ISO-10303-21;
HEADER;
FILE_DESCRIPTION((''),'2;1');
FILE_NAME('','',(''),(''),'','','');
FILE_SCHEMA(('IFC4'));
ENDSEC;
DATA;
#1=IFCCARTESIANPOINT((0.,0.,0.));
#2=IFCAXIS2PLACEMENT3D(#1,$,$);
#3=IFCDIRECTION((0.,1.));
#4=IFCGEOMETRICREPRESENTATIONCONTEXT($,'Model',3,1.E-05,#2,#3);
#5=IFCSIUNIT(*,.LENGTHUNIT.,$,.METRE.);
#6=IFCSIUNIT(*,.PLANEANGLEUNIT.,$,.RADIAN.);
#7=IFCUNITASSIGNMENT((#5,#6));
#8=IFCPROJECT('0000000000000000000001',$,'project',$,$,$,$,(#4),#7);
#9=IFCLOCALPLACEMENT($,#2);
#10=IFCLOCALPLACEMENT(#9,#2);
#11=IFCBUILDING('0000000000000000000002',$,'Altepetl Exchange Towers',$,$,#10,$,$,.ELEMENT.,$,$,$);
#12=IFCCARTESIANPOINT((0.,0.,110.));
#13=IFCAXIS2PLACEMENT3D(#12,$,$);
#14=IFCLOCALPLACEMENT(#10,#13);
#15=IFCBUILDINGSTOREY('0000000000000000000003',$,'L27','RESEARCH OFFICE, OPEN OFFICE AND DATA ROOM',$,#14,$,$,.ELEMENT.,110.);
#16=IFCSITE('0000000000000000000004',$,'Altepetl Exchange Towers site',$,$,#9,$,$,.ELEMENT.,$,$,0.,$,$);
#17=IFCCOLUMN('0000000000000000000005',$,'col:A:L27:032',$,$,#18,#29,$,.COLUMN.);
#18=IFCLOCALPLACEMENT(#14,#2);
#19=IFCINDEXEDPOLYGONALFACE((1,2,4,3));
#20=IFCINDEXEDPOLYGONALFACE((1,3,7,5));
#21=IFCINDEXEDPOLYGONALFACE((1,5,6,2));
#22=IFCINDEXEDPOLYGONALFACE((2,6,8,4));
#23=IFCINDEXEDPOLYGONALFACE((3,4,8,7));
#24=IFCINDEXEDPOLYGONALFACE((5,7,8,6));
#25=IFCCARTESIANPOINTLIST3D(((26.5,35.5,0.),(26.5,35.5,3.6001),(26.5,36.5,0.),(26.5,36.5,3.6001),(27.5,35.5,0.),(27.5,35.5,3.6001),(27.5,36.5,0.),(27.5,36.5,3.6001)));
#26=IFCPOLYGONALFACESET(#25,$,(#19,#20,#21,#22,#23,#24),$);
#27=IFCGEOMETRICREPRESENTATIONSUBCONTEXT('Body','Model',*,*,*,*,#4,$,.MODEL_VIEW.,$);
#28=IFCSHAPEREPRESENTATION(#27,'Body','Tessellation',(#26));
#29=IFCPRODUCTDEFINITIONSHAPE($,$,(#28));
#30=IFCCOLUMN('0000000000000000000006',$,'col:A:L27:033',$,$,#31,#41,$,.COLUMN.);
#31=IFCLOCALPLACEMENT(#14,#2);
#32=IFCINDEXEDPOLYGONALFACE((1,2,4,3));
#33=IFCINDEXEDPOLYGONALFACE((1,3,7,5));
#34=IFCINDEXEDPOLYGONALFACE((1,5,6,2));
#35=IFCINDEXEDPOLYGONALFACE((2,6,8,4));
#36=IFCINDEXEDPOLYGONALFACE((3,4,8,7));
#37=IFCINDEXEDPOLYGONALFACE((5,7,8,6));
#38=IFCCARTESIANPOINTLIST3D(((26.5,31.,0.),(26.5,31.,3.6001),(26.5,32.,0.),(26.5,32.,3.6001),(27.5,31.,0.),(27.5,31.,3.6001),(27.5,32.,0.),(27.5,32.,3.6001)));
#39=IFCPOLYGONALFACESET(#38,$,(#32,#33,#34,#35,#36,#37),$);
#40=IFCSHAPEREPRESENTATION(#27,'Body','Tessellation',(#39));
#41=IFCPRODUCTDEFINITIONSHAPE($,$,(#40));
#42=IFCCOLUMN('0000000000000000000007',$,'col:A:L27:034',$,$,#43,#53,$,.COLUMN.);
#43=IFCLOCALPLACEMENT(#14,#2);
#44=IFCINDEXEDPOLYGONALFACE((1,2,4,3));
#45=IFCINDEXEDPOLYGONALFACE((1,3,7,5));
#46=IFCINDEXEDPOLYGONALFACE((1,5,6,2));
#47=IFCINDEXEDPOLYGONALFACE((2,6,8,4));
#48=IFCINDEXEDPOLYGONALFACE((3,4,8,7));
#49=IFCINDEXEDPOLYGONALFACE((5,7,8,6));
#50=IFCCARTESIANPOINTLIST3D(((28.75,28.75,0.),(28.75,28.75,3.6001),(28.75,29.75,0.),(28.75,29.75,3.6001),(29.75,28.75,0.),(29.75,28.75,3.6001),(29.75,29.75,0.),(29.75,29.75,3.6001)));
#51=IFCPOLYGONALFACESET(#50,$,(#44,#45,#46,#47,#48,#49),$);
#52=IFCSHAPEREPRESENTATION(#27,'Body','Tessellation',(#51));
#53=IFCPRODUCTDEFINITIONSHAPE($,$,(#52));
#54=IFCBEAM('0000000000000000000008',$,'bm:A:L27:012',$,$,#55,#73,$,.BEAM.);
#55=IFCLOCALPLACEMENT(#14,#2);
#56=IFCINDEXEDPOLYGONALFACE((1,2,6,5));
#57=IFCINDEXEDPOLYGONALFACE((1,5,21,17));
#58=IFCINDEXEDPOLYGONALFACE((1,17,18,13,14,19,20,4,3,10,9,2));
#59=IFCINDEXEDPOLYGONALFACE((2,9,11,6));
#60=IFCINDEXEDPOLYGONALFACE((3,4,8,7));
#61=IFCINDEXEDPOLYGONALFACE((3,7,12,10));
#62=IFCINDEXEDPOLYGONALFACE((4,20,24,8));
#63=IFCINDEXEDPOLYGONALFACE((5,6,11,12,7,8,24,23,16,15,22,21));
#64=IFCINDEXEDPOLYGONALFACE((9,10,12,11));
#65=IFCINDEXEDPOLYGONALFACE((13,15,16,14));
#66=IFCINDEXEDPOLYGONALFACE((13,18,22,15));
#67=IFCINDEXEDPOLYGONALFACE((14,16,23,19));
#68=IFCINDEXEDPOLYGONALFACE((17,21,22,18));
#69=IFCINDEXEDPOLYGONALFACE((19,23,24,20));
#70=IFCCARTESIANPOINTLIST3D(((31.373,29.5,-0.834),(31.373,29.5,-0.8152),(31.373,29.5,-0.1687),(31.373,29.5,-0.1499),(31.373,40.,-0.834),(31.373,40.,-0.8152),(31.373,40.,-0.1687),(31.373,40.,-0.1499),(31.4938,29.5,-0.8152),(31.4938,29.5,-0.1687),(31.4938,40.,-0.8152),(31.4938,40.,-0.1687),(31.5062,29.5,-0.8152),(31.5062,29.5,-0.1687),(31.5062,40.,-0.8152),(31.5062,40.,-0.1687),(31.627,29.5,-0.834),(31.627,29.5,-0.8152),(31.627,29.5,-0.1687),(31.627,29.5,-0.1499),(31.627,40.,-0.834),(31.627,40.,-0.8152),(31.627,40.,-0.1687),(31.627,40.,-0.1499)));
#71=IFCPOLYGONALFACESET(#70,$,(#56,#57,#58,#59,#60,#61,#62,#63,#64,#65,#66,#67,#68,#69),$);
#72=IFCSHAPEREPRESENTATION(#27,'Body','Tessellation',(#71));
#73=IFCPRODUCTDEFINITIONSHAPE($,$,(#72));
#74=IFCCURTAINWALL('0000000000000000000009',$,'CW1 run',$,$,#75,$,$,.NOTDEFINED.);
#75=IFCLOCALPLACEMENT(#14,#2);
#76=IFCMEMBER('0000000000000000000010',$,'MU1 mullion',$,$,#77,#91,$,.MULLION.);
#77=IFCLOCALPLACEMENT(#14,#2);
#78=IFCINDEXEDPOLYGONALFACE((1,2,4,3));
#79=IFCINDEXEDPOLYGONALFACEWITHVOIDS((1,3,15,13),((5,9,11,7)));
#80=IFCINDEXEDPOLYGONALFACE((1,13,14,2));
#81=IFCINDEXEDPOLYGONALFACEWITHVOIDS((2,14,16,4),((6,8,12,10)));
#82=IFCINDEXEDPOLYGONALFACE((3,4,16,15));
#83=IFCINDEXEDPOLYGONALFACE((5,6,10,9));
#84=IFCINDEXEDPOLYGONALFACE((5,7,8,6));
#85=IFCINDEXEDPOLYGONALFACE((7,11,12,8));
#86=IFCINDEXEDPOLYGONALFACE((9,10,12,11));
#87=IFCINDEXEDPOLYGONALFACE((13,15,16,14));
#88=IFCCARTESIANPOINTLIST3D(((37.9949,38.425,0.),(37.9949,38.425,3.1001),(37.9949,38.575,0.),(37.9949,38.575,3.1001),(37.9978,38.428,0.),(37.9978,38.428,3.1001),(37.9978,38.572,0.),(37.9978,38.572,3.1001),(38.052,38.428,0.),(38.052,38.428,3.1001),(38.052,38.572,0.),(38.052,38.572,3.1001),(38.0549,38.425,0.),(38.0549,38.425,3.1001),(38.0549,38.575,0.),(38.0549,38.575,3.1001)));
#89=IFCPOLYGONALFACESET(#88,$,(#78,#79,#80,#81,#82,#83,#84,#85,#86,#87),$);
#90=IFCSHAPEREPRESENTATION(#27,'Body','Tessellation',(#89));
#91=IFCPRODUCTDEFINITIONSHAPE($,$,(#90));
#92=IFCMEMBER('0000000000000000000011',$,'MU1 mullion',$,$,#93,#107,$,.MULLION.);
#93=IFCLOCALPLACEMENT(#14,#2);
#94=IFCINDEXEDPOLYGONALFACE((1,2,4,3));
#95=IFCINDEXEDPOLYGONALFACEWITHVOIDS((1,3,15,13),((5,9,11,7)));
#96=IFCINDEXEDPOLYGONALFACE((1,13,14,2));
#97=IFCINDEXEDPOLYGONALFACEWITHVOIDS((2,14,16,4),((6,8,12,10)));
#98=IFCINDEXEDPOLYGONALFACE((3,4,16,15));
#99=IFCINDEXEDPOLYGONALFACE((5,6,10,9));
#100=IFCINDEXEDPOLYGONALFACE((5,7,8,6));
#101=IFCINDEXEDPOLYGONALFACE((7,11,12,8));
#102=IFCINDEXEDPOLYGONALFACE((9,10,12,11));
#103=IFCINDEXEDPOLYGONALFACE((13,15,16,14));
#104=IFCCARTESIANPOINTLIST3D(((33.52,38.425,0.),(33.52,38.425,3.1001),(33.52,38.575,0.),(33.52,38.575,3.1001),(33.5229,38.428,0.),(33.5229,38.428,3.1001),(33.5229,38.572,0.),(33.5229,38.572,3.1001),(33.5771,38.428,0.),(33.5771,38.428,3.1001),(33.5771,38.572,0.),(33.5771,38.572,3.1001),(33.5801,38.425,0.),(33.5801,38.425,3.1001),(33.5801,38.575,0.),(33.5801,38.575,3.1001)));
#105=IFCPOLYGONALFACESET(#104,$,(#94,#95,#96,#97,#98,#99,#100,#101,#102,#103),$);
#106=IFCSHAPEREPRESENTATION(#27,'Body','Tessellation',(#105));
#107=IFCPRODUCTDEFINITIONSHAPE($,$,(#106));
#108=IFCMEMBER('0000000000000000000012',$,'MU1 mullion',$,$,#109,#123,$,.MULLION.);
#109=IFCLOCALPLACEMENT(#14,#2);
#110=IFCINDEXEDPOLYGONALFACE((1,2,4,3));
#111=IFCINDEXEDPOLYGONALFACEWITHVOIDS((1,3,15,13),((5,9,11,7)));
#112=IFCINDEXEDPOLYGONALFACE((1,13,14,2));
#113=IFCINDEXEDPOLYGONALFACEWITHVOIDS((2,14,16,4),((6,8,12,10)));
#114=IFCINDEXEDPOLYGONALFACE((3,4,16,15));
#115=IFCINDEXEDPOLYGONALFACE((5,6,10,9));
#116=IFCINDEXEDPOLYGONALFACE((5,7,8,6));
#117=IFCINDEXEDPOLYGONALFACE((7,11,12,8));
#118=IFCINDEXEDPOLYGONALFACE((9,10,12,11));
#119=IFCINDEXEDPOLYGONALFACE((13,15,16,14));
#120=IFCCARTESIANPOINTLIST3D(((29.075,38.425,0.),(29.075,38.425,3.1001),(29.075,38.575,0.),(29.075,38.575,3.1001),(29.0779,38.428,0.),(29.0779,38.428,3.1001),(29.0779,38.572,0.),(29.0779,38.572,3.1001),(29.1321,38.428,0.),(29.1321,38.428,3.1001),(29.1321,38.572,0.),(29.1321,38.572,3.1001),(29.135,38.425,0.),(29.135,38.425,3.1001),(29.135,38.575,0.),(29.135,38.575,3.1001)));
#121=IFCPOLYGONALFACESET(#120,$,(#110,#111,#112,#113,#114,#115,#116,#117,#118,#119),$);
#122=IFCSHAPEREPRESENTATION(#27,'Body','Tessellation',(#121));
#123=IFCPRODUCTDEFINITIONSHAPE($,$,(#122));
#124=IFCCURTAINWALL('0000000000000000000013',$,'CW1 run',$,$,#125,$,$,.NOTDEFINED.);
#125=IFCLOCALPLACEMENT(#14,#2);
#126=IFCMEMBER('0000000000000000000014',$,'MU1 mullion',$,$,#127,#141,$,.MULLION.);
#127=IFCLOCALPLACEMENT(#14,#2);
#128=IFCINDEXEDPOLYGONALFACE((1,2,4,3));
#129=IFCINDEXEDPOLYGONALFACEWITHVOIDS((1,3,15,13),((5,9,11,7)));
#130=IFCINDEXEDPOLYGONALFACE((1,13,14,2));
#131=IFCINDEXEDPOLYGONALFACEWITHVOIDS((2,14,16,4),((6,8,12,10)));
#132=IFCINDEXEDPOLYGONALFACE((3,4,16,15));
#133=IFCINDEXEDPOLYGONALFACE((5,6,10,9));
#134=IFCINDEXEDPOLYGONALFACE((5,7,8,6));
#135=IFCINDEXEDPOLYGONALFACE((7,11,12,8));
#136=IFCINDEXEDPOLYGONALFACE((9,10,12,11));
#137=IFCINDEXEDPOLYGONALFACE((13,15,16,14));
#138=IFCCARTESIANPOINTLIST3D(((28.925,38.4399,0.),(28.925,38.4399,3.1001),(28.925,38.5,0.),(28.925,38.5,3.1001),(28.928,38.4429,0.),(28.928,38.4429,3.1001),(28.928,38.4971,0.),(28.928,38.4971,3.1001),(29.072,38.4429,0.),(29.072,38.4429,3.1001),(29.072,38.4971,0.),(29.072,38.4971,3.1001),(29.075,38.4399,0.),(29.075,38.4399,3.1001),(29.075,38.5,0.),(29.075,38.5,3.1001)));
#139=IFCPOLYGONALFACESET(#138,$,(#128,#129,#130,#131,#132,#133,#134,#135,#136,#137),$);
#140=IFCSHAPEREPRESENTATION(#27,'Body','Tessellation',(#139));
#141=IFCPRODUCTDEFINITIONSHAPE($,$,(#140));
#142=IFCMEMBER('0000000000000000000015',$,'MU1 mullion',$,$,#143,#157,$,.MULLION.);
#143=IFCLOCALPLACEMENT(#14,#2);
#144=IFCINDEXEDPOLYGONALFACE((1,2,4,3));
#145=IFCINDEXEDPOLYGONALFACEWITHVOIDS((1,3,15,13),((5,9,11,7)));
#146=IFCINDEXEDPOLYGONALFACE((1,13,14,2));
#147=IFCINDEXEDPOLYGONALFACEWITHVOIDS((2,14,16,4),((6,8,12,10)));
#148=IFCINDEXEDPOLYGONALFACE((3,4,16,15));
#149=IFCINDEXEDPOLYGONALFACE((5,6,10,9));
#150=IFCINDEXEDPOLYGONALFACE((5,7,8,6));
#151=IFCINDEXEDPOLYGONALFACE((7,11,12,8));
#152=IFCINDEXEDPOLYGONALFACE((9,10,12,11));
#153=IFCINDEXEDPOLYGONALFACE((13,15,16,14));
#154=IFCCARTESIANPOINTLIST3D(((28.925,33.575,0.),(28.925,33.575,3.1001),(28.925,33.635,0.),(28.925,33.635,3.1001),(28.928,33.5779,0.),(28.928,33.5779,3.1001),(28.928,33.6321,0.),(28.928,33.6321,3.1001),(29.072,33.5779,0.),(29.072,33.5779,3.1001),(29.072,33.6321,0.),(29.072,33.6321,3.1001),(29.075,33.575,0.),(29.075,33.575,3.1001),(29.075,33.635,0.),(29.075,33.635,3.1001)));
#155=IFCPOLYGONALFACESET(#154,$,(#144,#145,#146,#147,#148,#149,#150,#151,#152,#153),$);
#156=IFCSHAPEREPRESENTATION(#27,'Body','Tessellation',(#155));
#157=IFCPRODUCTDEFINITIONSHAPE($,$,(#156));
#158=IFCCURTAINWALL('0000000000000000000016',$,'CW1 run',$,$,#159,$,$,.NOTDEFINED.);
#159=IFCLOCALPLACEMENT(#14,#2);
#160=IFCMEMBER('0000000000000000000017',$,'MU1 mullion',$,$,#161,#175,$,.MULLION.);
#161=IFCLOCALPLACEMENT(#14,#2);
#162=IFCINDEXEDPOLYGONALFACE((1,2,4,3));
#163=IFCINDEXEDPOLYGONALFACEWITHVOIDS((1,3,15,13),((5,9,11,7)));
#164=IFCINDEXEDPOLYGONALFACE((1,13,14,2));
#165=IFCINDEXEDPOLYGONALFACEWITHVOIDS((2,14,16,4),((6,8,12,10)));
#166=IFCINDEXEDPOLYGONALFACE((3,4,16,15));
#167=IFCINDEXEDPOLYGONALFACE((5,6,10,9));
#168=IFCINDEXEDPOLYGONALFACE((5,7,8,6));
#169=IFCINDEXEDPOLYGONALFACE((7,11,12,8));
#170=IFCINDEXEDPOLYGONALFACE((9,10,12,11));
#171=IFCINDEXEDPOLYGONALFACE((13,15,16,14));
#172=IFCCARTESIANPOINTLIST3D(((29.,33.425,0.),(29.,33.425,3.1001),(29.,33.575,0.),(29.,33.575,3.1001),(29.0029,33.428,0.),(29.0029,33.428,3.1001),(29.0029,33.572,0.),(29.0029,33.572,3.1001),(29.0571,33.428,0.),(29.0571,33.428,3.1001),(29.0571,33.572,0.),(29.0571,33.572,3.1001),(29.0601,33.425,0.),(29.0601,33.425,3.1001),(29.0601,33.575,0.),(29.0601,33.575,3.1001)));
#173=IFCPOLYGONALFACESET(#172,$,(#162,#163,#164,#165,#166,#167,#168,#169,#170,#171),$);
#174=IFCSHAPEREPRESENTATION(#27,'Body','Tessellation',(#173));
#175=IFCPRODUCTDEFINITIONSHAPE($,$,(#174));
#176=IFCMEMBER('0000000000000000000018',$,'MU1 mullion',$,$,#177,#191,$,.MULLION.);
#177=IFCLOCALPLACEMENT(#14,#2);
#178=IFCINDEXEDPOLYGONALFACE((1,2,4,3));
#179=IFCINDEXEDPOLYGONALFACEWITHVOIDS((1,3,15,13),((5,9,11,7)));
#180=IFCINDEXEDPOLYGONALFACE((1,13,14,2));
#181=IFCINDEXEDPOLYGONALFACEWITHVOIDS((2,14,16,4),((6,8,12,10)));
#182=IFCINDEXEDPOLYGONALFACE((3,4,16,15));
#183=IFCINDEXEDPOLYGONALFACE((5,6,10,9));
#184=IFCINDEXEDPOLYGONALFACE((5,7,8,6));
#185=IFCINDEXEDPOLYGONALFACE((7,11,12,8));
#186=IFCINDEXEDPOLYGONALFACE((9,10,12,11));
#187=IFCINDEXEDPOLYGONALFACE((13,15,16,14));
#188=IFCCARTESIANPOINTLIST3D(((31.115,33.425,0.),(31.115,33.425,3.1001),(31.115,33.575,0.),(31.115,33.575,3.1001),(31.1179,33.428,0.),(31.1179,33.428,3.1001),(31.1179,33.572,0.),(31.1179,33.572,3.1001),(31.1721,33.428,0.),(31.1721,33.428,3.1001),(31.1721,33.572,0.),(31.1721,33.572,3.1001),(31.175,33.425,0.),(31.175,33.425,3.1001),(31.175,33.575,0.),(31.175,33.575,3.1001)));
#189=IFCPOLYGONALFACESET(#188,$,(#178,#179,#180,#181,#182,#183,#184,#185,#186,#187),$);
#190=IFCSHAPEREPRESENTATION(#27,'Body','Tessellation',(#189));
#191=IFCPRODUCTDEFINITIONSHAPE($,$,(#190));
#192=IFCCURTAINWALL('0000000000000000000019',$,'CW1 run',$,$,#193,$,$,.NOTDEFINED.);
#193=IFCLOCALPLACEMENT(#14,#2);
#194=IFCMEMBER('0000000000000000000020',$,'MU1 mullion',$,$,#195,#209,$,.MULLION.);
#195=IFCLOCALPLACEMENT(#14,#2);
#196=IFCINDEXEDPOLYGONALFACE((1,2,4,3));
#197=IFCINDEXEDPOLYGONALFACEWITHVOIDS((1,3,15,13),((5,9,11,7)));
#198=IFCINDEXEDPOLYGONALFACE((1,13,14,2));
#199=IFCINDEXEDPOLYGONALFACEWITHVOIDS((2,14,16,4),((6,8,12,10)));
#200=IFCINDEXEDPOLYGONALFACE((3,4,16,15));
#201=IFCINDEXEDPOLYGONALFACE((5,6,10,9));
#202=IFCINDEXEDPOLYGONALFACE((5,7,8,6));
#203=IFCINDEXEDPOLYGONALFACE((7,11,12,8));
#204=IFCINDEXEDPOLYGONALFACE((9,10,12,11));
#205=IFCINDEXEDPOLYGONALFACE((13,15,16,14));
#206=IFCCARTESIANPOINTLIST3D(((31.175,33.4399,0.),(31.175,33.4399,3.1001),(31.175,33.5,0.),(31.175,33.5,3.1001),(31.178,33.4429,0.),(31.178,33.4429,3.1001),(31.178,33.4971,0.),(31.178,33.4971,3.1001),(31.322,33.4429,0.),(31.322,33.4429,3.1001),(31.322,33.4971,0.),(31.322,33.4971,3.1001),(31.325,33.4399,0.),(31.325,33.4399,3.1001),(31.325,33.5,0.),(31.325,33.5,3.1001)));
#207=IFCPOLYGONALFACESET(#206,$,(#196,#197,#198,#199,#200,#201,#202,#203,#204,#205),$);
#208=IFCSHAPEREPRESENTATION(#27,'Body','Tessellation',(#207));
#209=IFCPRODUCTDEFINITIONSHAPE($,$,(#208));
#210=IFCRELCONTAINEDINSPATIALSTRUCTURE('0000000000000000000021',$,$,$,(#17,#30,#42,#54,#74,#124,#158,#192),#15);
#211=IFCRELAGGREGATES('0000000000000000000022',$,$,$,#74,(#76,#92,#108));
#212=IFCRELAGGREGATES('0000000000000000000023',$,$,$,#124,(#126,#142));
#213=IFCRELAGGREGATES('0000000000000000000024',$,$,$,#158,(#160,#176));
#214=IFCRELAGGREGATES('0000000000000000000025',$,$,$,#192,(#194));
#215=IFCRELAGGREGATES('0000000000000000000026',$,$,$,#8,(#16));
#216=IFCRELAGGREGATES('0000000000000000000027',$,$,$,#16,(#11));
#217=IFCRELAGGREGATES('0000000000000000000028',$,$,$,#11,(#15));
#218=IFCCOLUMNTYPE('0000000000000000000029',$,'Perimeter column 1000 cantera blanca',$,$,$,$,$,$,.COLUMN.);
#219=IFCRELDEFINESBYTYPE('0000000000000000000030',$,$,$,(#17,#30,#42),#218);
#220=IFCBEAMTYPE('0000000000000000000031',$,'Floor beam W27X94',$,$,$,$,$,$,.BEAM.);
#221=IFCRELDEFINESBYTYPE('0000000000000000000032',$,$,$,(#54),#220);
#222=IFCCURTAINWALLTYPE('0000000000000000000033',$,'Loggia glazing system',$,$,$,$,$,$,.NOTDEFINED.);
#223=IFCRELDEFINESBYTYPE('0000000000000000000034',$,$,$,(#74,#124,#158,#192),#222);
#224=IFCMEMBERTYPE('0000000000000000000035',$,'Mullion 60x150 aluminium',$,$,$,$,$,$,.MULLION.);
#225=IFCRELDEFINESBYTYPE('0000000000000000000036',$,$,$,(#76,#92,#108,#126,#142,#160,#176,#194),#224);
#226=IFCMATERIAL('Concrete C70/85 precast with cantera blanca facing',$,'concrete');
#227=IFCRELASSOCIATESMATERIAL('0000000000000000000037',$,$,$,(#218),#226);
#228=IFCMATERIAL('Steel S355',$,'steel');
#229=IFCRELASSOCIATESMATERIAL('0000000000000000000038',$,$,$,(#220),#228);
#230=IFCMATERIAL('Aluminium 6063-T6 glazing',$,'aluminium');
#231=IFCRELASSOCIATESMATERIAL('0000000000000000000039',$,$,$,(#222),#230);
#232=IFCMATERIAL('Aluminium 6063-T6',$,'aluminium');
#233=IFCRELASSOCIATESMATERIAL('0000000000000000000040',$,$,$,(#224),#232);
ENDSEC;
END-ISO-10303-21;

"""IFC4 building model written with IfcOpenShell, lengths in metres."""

from ifc_helpers import new_model, si_unit, direction, frame, origin, origin_2d, place, context, subcontext, project, spatial, rectangle, hollow_rectangle, i_section, extrude, material, material_profile, profile_set, type_object, element, aggregate, save


model = new_model("IFC4")

# Units and contexts
model_context = context("Model", 3, precision=1e-05, world=origin(), true_north=direction((0.0, 1.0)))
body_context = subcontext(model_context, "Body", "Model", "MODEL_VIEW")
ifc_project = project(units=[si_unit("LENGTHUNIT", "METRE"), si_unit("PLANEANGLEUNIT", "RADIAN")], contexts=[model_context])

# Site, building, storey
site_placement = place(None, origin())
site = spatial("IfcSite", under=ifc_project, at=site_placement, Name="Altepetl Exchange Towers site", CompositionType="ELEMENT", RefElevation=0.0)
building_placement = place(site_placement, origin())
building = spatial("IfcBuilding", under=site, at=building_placement, Name="Altepetl Exchange Towers", CompositionType="ELEMENT")
storey_placement = place(building_placement, frame((0.0, 0.0, 110.0)))
storey = spatial("IfcBuildingStorey", under=building, at=storey_placement, Name="L27", Description="RESEARCH OFFICE, OPEN OFFICE AND DATA ROOM", CompositionType="ELEMENT", Elevation=110.0)

# Columns
ifc_material_1 = material(Name="Concrete C70/85 precast with cantera blanca facing", Category="concrete")
ifc_material_profile_1 = material_profile(ifc_material_1, rectangle(XDim=1.0, YDim=1.0, at=origin_2d()), Name="1000 x 1000")
ifc_profile_set_1 = profile_set([ifc_material_profile_1], Name="Concrete C70/85 precast with cantera blanca facing")
column_type = type_object("IfcColumnType", Name="Perimeter column 1000 cantera blanca", PredefinedType="COLUMN", material=ifc_profile_set_1)
for number, where, name in (
    (1, (27.0, 36.0, 0.0), "col:A:L27:032"),
    (2, (27.0, 31.5, 0.0), "col:A:L27:033"),
    (3, (29.25, 29.25, 0.0), "col:A:L27:034"),
):
    element("IfcColumn", number, at=place(storey_placement, frame(where)), inside=storey, type_object=column_type, Name=name, PredefinedType="COLUMN", context=body_context, shape_type="SweptSolid", body=[
        extrude(rectangle(XDim=1.0, YDim=1.0, at=origin_2d()), origin(), (0.0, 0.0, 1.0), 3.6001),
    ])

# Beam
ifc_material_2 = material(Name="Steel S355", Category="steel")
ifc_material_profile_2 = material_profile(ifc_material_2, i_section(OverallWidth=0.2539, OverallDepth=0.6841, WebThickness=0.0125, FlangeThickness=0.0188, at=origin_2d()), Name="W27X94")
ifc_profile_set_2 = profile_set([ifc_material_profile_2], Name="Steel S355")
beam_type_1 = type_object("IfcBeamType", Name="Floor beam W27X94", PredefinedType="BEAM", material=ifc_profile_set_2)
beam_1_placement = place(storey_placement, frame((31.5, 29.5, -0.4919), z_axis=(0.0, 1.0, 0.0), x_axis=(-1.0, 0.0, 0.0)))
element("IfcBeam", 4, at=beam_1_placement, inside=storey, type_object=beam_type_1, Name="bm:A:L27:012", PredefinedType="BEAM", context=body_context, shape_type="SweptSolid", body=[
    extrude(i_section(OverallWidth=0.2539, OverallDepth=0.6841, WebThickness=0.0125, FlangeThickness=0.0188, at=origin_2d()), origin(), (0.0, 0.0, 1.0), 10.5),
])

# Curtain walls, members
ifc_material_3 = material(Name="Aluminium 6063-T6 glazing", Category="aluminium")
curtain_wall_type = type_object("IfcCurtainWallType", Name="Loggia glazing system", PredefinedType="NOTDEFINED", material=ifc_material_3)
curtain_wall_1_placement = place(storey_placement, origin())
curtain_wall_1 = element("IfcCurtainWall", 5, at=curtain_wall_1_placement, inside=storey, type_object=curtain_wall_type, Name="CW1 run", PredefinedType="NOTDEFINED")
ifc_material_4 = material(Name="Aluminium 6063-T6", Category="aluminium")
ifc_material_profile_3 = material_profile(ifc_material_4, hollow_rectangle(XDim=0.0601, YDim=0.1499, WallThickness=0.0029, at=origin_2d()), Name="Mullion 60x150 aluminium")
ifc_profile_set_3 = profile_set([ifc_material_profile_3], Name="Aluminium 6063-T6")
member_type = type_object("IfcMemberType", Name="Mullion 60x150 aluminium", PredefinedType="MULLION", material=ifc_profile_set_3)
member_1_placement = place(storey_placement, frame((38.0249, 38.5, 0.0), z_axis=(0.0, 0.0, 1.0), x_axis=(-1.0, 0.0, 0.0)))
member_1 = element("IfcMember", 6, at=member_1_placement, type_object=member_type, Name="MU1 mullion", PredefinedType="MULLION", context=body_context, shape_type="SweptSolid", body=[
    extrude(hollow_rectangle(XDim=0.0601, YDim=0.1499, WallThickness=0.0029, at=origin_2d()), origin(), (0.0, 0.0, 1.0), 3.1001),
])
member_2_placement = place(storey_placement, frame((33.55, 38.5, 0.0), z_axis=(0.0, 0.0, 1.0), x_axis=(-1.0, 0.0, 0.0)))
member_2 = element("IfcMember", 7, at=member_2_placement, type_object=member_type, Name="MU1 mullion", PredefinedType="MULLION", context=body_context, shape_type="SweptSolid", body=[
    extrude(hollow_rectangle(XDim=0.0601, YDim=0.1499, WallThickness=0.0029, at=origin_2d()), origin(), (0.0, 0.0, 1.0), 3.1001),
])
member_3_placement = place(storey_placement, frame((29.105, 38.5, 0.0), z_axis=(0.0, 0.0, 1.0), x_axis=(-1.0, 0.0, 0.0)))
member_3 = element("IfcMember", 8, at=member_3_placement, type_object=member_type, Name="MU1 mullion", PredefinedType="MULLION", context=body_context, shape_type="SweptSolid", body=[
    extrude(hollow_rectangle(XDim=0.0601, YDim=0.1499, WallThickness=0.0029, at=origin_2d()), origin(), (0.0, 0.0, 1.0), 3.1001),
])
curtain_wall_2_placement = place(storey_placement, origin())
curtain_wall_2 = element("IfcCurtainWall", 9, at=curtain_wall_2_placement, inside=storey, type_object=curtain_wall_type, Name="CW1 run", PredefinedType="NOTDEFINED")
member_4_placement = place(storey_placement, frame((29.0, 38.47, 0.0), z_axis=(0.0, 0.0, 1.0), x_axis=(0.0, -1.0, 0.0)))
member_4 = element("IfcMember", 10, at=member_4_placement, type_object=member_type, Name="MU1 mullion", PredefinedType="MULLION", context=body_context, shape_type="SweptSolid", body=[
    extrude(hollow_rectangle(XDim=0.0601, YDim=0.1499, WallThickness=0.0029, at=origin_2d()), origin(), (0.0, 0.0, 1.0), 3.1001),
])
member_5_placement = place(storey_placement, frame((29.0, 33.605, 0.0), z_axis=(0.0, 0.0, 1.0), x_axis=(0.0, -1.0, 0.0)))
member_5 = element("IfcMember", 11, at=member_5_placement, type_object=member_type, Name="MU1 mullion", PredefinedType="MULLION", context=body_context, shape_type="SweptSolid", body=[
    extrude(hollow_rectangle(XDim=0.0601, YDim=0.1499, WallThickness=0.0029, at=origin_2d()), origin(), (0.0, 0.0, 1.0), 3.1001),
])
curtain_wall_3_placement = place(storey_placement, origin())
curtain_wall_3 = element("IfcCurtainWall", 12, at=curtain_wall_3_placement, inside=storey, type_object=curtain_wall_type, Name="CW1 run", PredefinedType="NOTDEFINED")
member_6_placement = place(storey_placement, frame((29.03, 33.5, 0.0)))
member_6 = element("IfcMember", 13, at=member_6_placement, type_object=member_type, Name="MU1 mullion", PredefinedType="MULLION", context=body_context, shape_type="SweptSolid", body=[
    extrude(hollow_rectangle(XDim=0.0601, YDim=0.1499, WallThickness=0.0029, at=origin_2d()), origin(), (0.0, 0.0, 1.0), 3.1001),
])
member_7_placement = place(storey_placement, frame((31.145, 33.5, 0.0)))
member_7 = element("IfcMember", 14, at=member_7_placement, type_object=member_type, Name="MU1 mullion", PredefinedType="MULLION", context=body_context, shape_type="SweptSolid", body=[
    extrude(hollow_rectangle(XDim=0.0601, YDim=0.1499, WallThickness=0.0029, at=origin_2d()), origin(), (0.0, 0.0, 1.0), 3.1001),
])
curtain_wall_4_placement = place(storey_placement, origin())
curtain_wall_4 = element("IfcCurtainWall", 15, at=curtain_wall_4_placement, inside=storey, type_object=curtain_wall_type, Name="CW1 run", PredefinedType="NOTDEFINED")
member_8_placement = place(storey_placement, frame((31.25, 33.47, 0.0), z_axis=(0.0, 0.0, 1.0), x_axis=(0.0, -1.0, 0.0)))
member_8 = element("IfcMember", 16, at=member_8_placement, type_object=member_type, Name="MU1 mullion", PredefinedType="MULLION", context=body_context, shape_type="SweptSolid", body=[
    extrude(hollow_rectangle(XDim=0.0601, YDim=0.1499, WallThickness=0.0029, at=origin_2d()), origin(), (0.0, 0.0, 1.0), 3.1001),
])

aggregate(curtain_wall_1, [member_1, member_2, member_3])
aggregate(curtain_wall_2, [member_4, member_5])
aggregate(curtain_wall_3, [member_6, member_7])
aggregate(curtain_wall_4, [member_8])

save(model, "model.ifc")
